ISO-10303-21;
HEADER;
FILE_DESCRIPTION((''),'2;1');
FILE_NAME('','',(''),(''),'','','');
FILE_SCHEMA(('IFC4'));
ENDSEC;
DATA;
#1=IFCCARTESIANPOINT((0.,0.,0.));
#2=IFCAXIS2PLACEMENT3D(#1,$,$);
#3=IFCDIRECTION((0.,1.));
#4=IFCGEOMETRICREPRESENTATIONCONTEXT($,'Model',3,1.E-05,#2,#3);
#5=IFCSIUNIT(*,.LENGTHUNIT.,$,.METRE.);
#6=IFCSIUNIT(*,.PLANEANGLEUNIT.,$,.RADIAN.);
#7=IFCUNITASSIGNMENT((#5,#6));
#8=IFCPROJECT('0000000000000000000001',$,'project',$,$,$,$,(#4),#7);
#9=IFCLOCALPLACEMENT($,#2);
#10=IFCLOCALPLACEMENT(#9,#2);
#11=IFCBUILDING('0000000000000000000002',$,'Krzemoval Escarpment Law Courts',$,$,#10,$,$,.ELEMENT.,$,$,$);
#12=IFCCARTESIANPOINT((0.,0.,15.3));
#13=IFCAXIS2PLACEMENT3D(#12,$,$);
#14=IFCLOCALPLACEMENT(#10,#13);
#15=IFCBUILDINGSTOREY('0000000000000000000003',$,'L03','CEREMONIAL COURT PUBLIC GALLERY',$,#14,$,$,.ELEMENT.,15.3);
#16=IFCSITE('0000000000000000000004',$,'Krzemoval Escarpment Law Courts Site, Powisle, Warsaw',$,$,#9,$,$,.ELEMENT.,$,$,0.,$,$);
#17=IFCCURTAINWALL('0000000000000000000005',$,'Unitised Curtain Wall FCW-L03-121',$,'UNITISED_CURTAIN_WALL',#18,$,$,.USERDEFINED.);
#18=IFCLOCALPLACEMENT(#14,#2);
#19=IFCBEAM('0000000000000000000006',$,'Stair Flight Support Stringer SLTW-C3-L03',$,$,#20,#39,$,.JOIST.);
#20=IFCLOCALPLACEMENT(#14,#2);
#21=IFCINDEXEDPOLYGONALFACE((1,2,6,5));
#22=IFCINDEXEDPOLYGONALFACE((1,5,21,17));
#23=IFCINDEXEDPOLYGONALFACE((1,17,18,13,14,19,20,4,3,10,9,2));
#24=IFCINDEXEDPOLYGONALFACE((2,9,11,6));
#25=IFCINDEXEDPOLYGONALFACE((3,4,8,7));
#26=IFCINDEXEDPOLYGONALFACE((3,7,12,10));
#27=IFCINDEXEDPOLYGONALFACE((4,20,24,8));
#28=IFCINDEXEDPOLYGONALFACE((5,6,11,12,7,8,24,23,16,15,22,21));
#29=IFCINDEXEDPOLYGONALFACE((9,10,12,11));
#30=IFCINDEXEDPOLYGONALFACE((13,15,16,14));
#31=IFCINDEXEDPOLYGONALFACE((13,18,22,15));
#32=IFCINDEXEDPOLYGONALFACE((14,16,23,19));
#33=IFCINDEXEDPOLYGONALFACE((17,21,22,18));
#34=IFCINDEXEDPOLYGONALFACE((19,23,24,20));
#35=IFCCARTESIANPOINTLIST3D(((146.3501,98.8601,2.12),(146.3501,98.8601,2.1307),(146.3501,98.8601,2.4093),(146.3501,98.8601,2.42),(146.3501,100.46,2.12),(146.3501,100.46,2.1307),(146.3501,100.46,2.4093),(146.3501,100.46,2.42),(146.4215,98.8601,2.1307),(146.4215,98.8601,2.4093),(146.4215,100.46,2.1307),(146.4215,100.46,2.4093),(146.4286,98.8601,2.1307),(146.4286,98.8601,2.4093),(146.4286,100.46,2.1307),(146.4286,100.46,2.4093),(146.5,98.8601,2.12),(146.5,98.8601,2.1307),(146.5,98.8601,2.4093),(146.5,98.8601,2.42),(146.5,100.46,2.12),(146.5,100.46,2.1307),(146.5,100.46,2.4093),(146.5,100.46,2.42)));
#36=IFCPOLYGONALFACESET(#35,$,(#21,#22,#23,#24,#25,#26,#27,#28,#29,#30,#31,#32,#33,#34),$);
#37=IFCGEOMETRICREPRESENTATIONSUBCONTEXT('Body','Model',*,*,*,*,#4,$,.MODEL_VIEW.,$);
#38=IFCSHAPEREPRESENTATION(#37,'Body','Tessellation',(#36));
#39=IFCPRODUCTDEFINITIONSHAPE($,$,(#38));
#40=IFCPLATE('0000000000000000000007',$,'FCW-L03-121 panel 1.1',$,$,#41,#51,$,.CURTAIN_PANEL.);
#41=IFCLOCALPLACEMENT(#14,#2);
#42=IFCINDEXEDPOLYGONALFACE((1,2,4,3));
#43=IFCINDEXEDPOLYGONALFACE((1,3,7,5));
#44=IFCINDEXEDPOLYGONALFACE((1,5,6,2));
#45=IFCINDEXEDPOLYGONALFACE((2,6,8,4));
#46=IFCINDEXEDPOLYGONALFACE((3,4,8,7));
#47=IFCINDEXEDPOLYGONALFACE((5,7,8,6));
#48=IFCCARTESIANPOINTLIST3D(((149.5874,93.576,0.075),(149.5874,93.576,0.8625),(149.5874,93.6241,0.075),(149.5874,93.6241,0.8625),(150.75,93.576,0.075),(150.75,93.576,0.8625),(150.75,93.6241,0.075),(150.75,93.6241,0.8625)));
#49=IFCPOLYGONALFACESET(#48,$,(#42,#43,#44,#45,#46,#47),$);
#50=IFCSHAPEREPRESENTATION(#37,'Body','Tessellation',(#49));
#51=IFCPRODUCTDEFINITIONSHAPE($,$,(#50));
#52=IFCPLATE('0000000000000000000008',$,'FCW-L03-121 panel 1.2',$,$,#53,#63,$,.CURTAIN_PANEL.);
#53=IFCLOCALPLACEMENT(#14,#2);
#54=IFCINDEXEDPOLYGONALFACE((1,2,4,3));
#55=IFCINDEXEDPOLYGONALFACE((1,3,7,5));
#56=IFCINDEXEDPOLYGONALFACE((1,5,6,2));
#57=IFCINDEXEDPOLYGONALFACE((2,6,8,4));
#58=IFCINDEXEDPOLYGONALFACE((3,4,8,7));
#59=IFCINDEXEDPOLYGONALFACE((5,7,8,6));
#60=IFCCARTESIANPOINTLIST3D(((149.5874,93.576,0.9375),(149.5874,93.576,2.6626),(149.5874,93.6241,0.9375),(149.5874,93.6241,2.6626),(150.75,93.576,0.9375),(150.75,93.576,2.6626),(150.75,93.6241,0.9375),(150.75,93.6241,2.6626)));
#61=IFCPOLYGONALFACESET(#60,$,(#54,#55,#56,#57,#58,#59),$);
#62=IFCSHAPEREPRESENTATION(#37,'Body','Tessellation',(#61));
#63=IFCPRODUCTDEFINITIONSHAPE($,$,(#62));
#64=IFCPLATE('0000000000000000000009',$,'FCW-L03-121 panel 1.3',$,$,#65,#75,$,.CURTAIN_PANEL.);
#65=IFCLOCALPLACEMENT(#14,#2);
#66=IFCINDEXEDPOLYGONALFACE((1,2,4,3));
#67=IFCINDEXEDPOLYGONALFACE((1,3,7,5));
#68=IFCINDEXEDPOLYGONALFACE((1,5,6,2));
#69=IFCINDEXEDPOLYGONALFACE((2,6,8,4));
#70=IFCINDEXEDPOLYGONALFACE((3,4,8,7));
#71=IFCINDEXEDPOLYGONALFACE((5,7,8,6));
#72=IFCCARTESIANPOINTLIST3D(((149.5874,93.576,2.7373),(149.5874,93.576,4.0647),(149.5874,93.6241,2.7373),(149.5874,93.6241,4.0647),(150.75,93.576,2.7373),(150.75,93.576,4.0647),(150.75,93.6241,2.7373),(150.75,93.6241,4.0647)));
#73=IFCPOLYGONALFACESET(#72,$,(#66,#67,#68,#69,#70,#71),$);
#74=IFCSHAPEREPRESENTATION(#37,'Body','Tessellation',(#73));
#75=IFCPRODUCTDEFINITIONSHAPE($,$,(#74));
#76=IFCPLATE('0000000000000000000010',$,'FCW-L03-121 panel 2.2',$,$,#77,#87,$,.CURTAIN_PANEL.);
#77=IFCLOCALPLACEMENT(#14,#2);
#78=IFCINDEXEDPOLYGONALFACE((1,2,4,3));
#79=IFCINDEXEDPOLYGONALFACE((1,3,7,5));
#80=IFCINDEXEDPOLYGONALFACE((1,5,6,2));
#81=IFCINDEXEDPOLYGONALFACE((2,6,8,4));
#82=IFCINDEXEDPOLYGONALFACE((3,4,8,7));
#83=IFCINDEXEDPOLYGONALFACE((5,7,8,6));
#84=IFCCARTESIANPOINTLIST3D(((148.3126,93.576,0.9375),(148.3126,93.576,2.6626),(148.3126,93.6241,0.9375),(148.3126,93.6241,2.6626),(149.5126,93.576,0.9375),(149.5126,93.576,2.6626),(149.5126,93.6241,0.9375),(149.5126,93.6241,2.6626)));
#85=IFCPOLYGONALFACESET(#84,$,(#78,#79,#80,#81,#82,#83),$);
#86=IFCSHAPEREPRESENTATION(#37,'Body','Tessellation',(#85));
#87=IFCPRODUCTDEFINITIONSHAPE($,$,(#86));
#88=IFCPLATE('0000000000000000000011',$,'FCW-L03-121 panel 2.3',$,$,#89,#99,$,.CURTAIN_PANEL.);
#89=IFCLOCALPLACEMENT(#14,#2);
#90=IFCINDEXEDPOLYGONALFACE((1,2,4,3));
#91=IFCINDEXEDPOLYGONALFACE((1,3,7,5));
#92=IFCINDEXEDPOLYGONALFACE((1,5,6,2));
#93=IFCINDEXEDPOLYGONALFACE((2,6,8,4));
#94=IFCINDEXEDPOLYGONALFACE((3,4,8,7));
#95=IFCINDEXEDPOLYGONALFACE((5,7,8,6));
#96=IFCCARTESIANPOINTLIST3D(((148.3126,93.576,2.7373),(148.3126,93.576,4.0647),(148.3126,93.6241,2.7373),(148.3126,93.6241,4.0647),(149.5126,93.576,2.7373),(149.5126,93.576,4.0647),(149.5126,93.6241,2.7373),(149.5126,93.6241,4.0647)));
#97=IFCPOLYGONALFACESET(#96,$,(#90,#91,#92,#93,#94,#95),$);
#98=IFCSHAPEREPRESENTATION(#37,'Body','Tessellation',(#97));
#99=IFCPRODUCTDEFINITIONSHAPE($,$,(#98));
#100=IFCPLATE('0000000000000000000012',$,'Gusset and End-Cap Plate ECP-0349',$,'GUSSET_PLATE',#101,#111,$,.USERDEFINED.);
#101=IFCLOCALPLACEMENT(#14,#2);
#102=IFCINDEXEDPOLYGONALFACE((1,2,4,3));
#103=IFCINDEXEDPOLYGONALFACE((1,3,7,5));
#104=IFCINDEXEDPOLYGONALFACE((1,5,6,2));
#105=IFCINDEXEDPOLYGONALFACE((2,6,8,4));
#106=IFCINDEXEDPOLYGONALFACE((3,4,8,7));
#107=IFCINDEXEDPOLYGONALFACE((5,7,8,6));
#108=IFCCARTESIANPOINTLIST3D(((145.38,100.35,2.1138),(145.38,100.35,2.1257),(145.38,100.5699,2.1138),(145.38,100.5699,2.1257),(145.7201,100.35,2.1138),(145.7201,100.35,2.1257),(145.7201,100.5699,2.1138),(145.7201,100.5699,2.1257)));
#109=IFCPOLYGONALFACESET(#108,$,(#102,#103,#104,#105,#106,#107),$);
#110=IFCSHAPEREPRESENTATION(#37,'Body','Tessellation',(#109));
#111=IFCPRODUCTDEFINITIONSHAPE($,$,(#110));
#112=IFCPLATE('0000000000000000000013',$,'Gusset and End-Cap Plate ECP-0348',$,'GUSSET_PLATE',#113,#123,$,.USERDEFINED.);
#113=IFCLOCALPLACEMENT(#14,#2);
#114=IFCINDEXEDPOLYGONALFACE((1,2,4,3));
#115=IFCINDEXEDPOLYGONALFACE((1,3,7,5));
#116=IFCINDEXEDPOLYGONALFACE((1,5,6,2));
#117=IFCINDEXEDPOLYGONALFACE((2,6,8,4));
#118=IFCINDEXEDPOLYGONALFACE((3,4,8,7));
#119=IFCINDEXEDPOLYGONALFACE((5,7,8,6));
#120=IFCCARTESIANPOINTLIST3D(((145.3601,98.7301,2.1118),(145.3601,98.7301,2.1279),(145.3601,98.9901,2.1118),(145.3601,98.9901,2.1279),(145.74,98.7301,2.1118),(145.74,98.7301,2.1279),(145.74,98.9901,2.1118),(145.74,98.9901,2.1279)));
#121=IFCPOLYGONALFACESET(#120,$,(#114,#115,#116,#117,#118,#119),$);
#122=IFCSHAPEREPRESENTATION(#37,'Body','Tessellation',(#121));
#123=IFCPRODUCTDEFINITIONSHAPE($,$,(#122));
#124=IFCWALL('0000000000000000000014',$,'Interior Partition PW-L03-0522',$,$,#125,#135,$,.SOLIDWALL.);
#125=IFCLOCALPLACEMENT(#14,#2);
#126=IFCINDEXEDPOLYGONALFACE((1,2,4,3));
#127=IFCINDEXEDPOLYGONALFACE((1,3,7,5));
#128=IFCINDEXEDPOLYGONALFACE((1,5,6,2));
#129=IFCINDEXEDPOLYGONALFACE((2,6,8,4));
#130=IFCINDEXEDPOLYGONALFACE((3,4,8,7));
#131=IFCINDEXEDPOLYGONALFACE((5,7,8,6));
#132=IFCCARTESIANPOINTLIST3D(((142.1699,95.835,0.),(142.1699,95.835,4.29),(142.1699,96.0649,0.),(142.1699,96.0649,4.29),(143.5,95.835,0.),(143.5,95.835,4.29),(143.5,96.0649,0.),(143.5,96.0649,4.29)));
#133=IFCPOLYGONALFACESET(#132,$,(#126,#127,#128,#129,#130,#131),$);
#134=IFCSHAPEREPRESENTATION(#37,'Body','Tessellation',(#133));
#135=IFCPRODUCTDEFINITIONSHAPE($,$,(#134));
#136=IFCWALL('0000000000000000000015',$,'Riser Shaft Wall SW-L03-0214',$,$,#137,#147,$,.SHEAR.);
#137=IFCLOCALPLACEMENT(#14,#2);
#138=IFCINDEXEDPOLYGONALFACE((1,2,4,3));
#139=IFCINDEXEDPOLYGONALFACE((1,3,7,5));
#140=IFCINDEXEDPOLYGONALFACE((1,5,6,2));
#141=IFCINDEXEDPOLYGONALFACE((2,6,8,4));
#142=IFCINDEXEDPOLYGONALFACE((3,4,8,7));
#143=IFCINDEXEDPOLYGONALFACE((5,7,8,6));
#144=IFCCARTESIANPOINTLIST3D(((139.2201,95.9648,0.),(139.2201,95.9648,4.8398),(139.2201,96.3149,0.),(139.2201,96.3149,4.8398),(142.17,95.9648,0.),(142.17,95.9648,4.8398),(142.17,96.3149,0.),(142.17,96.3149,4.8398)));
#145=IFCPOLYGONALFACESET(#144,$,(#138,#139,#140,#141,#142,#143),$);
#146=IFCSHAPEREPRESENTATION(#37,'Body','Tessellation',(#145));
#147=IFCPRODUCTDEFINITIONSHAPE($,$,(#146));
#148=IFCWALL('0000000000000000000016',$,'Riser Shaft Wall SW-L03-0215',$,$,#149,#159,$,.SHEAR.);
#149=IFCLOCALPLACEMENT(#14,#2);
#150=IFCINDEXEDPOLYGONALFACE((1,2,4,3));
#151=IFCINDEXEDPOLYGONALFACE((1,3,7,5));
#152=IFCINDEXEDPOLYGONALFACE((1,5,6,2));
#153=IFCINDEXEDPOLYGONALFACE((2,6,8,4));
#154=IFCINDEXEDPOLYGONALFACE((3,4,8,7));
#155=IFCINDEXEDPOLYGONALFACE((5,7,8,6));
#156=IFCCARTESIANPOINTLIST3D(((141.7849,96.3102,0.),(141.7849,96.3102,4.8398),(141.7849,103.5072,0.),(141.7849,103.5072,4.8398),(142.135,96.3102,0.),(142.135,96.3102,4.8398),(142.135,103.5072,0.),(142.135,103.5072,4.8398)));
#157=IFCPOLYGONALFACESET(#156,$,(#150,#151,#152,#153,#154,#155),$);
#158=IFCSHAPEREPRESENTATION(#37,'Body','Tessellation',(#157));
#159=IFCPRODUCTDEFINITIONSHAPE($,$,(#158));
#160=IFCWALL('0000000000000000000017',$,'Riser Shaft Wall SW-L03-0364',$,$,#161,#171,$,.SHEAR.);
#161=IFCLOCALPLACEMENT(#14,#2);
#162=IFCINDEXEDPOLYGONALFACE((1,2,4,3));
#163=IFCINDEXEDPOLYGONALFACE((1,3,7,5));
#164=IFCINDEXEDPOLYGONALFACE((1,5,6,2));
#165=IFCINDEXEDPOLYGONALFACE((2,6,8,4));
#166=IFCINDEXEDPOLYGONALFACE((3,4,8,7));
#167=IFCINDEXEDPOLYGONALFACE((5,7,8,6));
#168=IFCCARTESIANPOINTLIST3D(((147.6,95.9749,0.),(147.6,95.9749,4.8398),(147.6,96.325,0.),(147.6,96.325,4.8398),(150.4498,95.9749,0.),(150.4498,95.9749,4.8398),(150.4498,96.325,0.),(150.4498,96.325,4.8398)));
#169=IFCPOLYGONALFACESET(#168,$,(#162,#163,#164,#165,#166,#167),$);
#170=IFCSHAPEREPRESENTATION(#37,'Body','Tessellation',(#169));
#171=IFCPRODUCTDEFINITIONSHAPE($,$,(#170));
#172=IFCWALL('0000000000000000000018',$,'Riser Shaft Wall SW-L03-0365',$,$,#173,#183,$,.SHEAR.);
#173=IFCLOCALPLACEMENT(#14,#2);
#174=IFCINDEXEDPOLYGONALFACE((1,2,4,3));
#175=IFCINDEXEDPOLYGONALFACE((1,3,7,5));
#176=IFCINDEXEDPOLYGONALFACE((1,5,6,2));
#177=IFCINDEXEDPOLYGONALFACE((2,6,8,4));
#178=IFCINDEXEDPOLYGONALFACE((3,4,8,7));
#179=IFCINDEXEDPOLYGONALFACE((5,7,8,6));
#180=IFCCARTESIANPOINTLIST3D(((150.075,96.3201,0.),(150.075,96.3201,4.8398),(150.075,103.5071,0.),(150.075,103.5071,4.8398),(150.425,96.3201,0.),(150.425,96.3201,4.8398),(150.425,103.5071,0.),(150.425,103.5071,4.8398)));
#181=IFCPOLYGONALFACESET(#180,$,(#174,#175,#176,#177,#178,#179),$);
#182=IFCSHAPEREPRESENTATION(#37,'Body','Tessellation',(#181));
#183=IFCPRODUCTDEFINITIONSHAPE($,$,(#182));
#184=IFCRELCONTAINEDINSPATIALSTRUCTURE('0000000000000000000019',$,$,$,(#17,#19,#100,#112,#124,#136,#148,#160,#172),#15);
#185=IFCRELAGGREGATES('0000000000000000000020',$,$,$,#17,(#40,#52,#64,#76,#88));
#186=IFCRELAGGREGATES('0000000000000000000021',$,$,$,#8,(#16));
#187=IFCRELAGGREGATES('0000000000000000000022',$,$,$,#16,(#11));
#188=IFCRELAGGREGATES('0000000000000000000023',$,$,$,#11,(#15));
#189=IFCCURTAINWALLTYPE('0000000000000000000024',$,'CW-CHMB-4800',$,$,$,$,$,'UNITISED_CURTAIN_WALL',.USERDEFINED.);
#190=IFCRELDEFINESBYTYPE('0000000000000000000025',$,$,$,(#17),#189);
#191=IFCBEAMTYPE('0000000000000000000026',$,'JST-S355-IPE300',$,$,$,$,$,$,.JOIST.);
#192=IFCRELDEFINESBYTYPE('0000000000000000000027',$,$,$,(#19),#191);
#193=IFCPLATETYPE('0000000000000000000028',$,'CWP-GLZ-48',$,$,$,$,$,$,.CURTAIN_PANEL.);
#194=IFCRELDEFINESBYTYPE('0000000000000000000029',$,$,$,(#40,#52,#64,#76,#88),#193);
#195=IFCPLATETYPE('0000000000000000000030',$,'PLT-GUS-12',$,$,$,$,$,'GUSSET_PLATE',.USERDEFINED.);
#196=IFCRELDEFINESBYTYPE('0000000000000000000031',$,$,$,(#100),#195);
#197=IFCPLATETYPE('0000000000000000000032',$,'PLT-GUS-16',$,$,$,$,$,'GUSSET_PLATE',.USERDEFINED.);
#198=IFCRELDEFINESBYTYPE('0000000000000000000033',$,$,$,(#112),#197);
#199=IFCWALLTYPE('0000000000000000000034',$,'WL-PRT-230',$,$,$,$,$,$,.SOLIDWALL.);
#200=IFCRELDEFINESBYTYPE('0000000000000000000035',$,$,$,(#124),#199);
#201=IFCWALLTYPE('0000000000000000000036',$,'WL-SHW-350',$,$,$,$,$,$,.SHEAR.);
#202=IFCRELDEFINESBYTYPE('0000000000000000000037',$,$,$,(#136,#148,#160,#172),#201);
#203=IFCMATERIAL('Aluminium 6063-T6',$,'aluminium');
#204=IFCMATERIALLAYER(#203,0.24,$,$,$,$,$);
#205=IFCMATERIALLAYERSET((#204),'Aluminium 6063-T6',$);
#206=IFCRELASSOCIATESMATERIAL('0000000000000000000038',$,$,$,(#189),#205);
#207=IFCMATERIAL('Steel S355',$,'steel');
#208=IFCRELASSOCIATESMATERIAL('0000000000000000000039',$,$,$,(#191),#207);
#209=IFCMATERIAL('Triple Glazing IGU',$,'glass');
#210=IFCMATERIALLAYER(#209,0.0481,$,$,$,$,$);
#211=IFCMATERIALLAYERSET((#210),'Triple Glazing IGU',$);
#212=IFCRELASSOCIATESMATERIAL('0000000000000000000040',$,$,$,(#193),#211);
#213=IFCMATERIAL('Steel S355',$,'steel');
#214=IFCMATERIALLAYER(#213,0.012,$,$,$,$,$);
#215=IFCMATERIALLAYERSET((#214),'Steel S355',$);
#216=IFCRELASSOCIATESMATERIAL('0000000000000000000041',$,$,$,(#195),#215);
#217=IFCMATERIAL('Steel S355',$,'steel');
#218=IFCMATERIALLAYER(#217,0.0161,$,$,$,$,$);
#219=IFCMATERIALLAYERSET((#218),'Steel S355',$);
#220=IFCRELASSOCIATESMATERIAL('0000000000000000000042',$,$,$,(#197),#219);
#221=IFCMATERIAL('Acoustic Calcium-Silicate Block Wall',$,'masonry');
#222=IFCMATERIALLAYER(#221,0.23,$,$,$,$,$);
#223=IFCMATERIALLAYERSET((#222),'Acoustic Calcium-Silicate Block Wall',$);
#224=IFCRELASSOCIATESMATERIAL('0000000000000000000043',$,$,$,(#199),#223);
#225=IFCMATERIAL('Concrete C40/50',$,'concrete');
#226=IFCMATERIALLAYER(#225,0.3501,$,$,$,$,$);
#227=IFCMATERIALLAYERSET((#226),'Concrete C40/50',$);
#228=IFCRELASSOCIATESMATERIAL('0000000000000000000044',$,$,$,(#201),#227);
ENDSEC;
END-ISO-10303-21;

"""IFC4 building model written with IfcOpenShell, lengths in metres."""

from ifc_helpers import new_model, si_unit, direction, frame, frame_2d, origin, origin_2d, place, context, subcontext, project, spatial, rectangle, i_section, extrude, material, layer, layer_set, material_profile, profile_set, type_object, element, aggregate, save


model = new_model("IFC4")

# Units and contexts
model_context = context("Model", 3, precision=1e-05, world=origin(), true_north=direction((0.0, 1.0)))
body_context = subcontext(model_context, "Body", "Model", "MODEL_VIEW")
ifc_project = project(units=[si_unit("LENGTHUNIT", "METRE"), si_unit("PLANEANGLEUNIT", "RADIAN")], contexts=[model_context])

# Site, building, storey
site_placement = place(None, origin())
site = spatial("IfcSite", under=ifc_project, at=site_placement, Name="Krzemoval Escarpment Law Courts Site, Powisle, Warsaw", CompositionType="ELEMENT", RefElevation=0.0)
building_placement = place(site_placement, origin())
building = spatial("IfcBuilding", under=site, at=building_placement, Name="Krzemoval Escarpment Law Courts", CompositionType="ELEMENT")
storey_placement = place(building_placement, frame((0.0, 0.0, 15.3)))
storey = spatial("IfcBuildingStorey", under=building, at=storey_placement, Name="L03", Description="CEREMONIAL COURT PUBLIC GALLERY", CompositionType="ELEMENT", Elevation=15.3)

# Curtain wall
ifc_material_1 = material(Name="Aluminium 6063-T6", Category="aluminium")
ifc_layer_1 = layer(ifc_material_1, 0.24)
ifc_layer_set_1 = layer_set([ifc_layer_1], Name="Aluminium 6063-T6")
curtain_wall_type = type_object("IfcCurtainWallType", Name="CW-CHMB-4800", ElementType="UNITISED_CURTAIN_WALL", PredefinedType="USERDEFINED", material=ifc_layer_set_1)
curtain_wall_placement = place(storey_placement, origin())
curtain_wall = element("IfcCurtainWall", 1, at=curtain_wall_placement, inside=storey, type_object=curtain_wall_type, Name="Unitised Curtain Wall FCW-L03-121", ObjectType="UNITISED_CURTAIN_WALL", PredefinedType="USERDEFINED")

# Beam
ifc_material_2 = material(Name="Steel S355", Category="steel")
ifc_material_profile_1 = material_profile(ifc_material_2, i_section(OverallWidth=0.1499, OverallDepth=0.3, WebThickness=0.0071, FlangeThickness=0.0107, at=origin_2d()), Name="IPE 300")
ifc_profile_set_1 = profile_set([ifc_material_profile_1], Name="Steel S355")
beam_type_1 = type_object("IfcBeamType", Name="JST-S355-IPE300", PredefinedType="JOIST", material=ifc_profile_set_1)
beam_1_placement = place(storey_placement, frame((146.425, 98.8601, 2.27), z_axis=(0.0, 1.0, 0.0), x_axis=(-1.0, 0.0, 0.0)))
element("IfcBeam", 2, at=beam_1_placement, inside=storey, type_object=beam_type_1, Name="Stair Flight Support Stringer SLTW-C3-L03", PredefinedType="JOIST", context=body_context, shape_type="SweptSolid", body=[
    extrude(i_section(OverallWidth=0.1499, OverallDepth=0.3, WebThickness=0.0071, FlangeThickness=0.0107, at=origin_2d()), origin(), (0.0, 0.0, 1.0), 1.5999),
])

# Plates
ifc_material_3 = material(Name="Triple Glazing IGU", Category="glass")
ifc_layer_2 = layer(ifc_material_3, 0.0481)
ifc_layer_set_2 = layer_set([ifc_layer_2], Name="Triple Glazing IGU")
plate_type_1 = type_object("IfcPlateType", Name="CWP-GLZ-48", PredefinedType="CURTAIN_PANEL", material=ifc_layer_set_2)
plate_1_placement = place(storey_placement, frame((150.1687, 93.6001, 0.075), z_axis=(0.0, 0.0, 1.0), x_axis=(-1.0, 0.0, 0.0)))
plate_1 = element("IfcPlate", 3, at=plate_1_placement, type_object=plate_type_1, Name="FCW-L03-121 panel 1.1", PredefinedType="CURTAIN_PANEL", context=body_context, shape_type="SweptSolid", body=[
    extrude(rectangle(XDim=1.1626, YDim=0.0481, at=origin_2d()), origin(), (0.0, 0.0, 1.0), 0.7876),
])
plate_2_placement = place(storey_placement, frame((150.1687, 93.6001, 0.9375), z_axis=(0.0, 0.0, 1.0), x_axis=(-1.0, 0.0, 0.0)))
plate_2 = element("IfcPlate", 4, at=plate_2_placement, type_object=plate_type_1, Name="FCW-L03-121 panel 1.2", PredefinedType="CURTAIN_PANEL", context=body_context, shape_type="SweptSolid", body=[
    extrude(rectangle(XDim=1.1626, YDim=0.0481, at=origin_2d()), origin(), (0.0, 0.0, 1.0), 1.7251),
])
plate_3_placement = place(storey_placement, frame((150.1687, 93.6001, 2.7373), z_axis=(0.0, 0.0, 1.0), x_axis=(-1.0, 0.0, 0.0)))
plate_3 = element("IfcPlate", 5, at=plate_3_placement, type_object=plate_type_1, Name="FCW-L03-121 panel 1.3", PredefinedType="CURTAIN_PANEL", context=body_context, shape_type="SweptSolid", body=[
    extrude(rectangle(XDim=1.1626, YDim=0.0481, at=origin_2d()), origin(), (0.0, 0.0, 1.0), 1.3274),
])
plate_4_placement = place(storey_placement, frame((148.9126, 93.6001, 0.9375), z_axis=(0.0, 0.0, 1.0), x_axis=(-1.0, 0.0, 0.0)))
plate_4 = element("IfcPlate", 6, at=plate_4_placement, type_object=plate_type_1, Name="FCW-L03-121 panel 2.2", PredefinedType="CURTAIN_PANEL", context=body_context, shape_type="SweptSolid", body=[
    extrude(rectangle(XDim=1.2, YDim=0.0481, at=origin_2d()), origin(), (0.0, 0.0, 1.0), 1.7251),
])
plate_5_placement = place(storey_placement, frame((148.9126, 93.6001, 2.7373), z_axis=(0.0, 0.0, 1.0), x_axis=(-1.0, 0.0, 0.0)))
plate_5 = element("IfcPlate", 7, at=plate_5_placement, type_object=plate_type_1, Name="FCW-L03-121 panel 2.3", PredefinedType="CURTAIN_PANEL", context=body_context, shape_type="SweptSolid", body=[
    extrude(rectangle(XDim=1.2, YDim=0.0481, at=origin_2d()), origin(), (0.0, 0.0, 1.0), 1.3274),
])
aggregate(curtain_wall, [plate_1, plate_2, plate_3, plate_4, plate_5])

# Plates
ifc_material_4 = material(Name="Steel S355", Category="steel")
ifc_layer_3 = layer(ifc_material_4, 0.012)
ifc_layer_set_3 = layer_set([ifc_layer_3], Name="Steel S355")
plate_type_2 = type_object("IfcPlateType", Name="PLT-GUS-12", ElementType="GUSSET_PLATE", PredefinedType="USERDEFINED", material=ifc_layer_set_3)
plate_6_placement = place(storey_placement, frame((145.55, 100.46, 2.1138), z_axis=(0.0, 0.0, 1.0), x_axis=(1.0, 0.0, 0.0)))
element("IfcPlate", 8, at=plate_6_placement, inside=storey, type_object=plate_type_2, Name="Gusset and End-Cap Plate ECP-0349", ObjectType="GUSSET_PLATE", PredefinedType="USERDEFINED", context=body_context, shape_type="SweptSolid", body=[
    extrude(rectangle(XDim=0.3401, YDim=0.22, at=origin_2d()), origin(), (0.0, 0.0, 1.0), 0.012),
])
ifc_material_5 = material(Name="Steel S355", Category="steel")
ifc_layer_4 = layer(ifc_material_5, 0.0161)
ifc_layer_set_4 = layer_set([ifc_layer_4], Name="Steel S355")
plate_type_3 = type_object("IfcPlateType", Name="PLT-GUS-16", ElementType="GUSSET_PLATE", PredefinedType="USERDEFINED", material=ifc_layer_set_4)
plate_7_placement = place(storey_placement, frame((145.55, 98.8601, 2.1118), z_axis=(0.0, 0.0, 1.0), x_axis=(1.0, 0.0, 0.0)))
element("IfcPlate", 9, at=plate_7_placement, inside=storey, type_object=plate_type_3, Name="Gusset and End-Cap Plate ECP-0348", ObjectType="GUSSET_PLATE", PredefinedType="USERDEFINED", context=body_context, shape_type="SweptSolid", body=[
    extrude(rectangle(XDim=0.3799, YDim=0.26, at=origin_2d()), origin(), (0.0, 0.0, 1.0), 0.0161),
])

# Walls
ifc_material_6 = material(Name="Acoustic Calcium-Silicate Block Wall", Category="masonry")
ifc_layer_5 = layer(ifc_material_6, 0.23)
ifc_layer_set_5 = layer_set([ifc_layer_5], Name="Acoustic Calcium-Silicate Block Wall")
wall_type_1 = type_object("IfcWallType", Name="WL-PRT-230", PredefinedType="SOLIDWALL", material=ifc_layer_set_5)
wall_1_placement = place(storey_placement, frame((142.1699, 95.95, 0.0), z_axis=(0.0, 0.0, 1.0), x_axis=(1.0, 0.0, 0.0)))
element("IfcWall", 10, at=wall_1_placement, inside=storey, type_object=wall_type_1, Name="Interior Partition PW-L03-0522", PredefinedType="SOLIDWALL", context=body_context, shape_type="SweptSolid", body=[
    extrude(rectangle(XDim=1.3301, YDim=0.23, at=frame_2d((0.665, 0.0))), origin(), (0.0, 0.0, 1.0), 4.29),
])
ifc_material_7 = material(Name="Concrete C40/50", Category="concrete")
ifc_layer_6 = layer(ifc_material_7, 0.3501)
ifc_layer_set_6 = layer_set([ifc_layer_6], Name="Concrete C40/50")
wall_type_2 = type_object("IfcWallType", Name="WL-SHW-350", PredefinedType="SHEAR", material=ifc_layer_set_6)
wall_2_placement = place(storey_placement, frame((139.22, 96.1399, 0.0), z_axis=(0.0, 0.0, 1.0), x_axis=(1.0, 0.0, 0.0)))
element("IfcWall", 11, at=wall_2_placement, inside=storey, type_object=wall_type_2, Name="Riser Shaft Wall SW-L03-0214", PredefinedType="SHEAR", context=body_context, shape_type="SweptSolid", body=[
    extrude(rectangle(XDim=2.95, YDim=0.3501, at=frame_2d((1.4751, 0.0))), origin(), (0.0, 0.0, 1.0), 4.8398),
])
wall_3_placement = place(storey_placement, frame((141.96, 96.3101, 0.0), z_axis=(0.0, 0.0, 1.0), x_axis=(0.0, 1.0, 0.0)))
element("IfcWall", 12, at=wall_3_placement, inside=storey, type_object=wall_type_2, Name="Riser Shaft Wall SW-L03-0215", PredefinedType="SHEAR", context=body_context, shape_type="SweptSolid", body=[
    extrude(rectangle(XDim=7.197, YDim=0.3501, at=frame_2d((3.5986, 0.0))), origin(), (0.0, 0.0, 1.0), 4.8398),
])
wall_4_placement = place(storey_placement, frame((147.6001, 96.1499, 0.0), z_axis=(0.0, 0.0, 1.0), x_axis=(1.0, 0.0, 0.0)))
element("IfcWall", 13, at=wall_4_placement, inside=storey, type_object=wall_type_2, Name="Riser Shaft Wall SW-L03-0364", PredefinedType="SHEAR", context=body_context, shape_type="SweptSolid", body=[
    extrude(rectangle(XDim=2.8499, YDim=0.3501, at=frame_2d((1.4248, 0.0))), origin(), (0.0, 0.0, 1.0), 4.8398),
])
wall_5_placement = place(storey_placement, frame((150.25, 96.3201, 0.0), z_axis=(0.0, 0.0, 1.0), x_axis=(0.0, 1.0, 0.0)))
element("IfcWall", 14, at=wall_5_placement, inside=storey, type_object=wall_type_2, Name="Riser Shaft Wall SW-L03-0365", PredefinedType="SHEAR", context=body_context, shape_type="SweptSolid", body=[
    extrude(rectangle(XDim=7.187, YDim=0.3501, at=frame_2d((3.5935, 0.0))), origin(), (0.0, 0.0, 1.0), 4.8398),
])

save(model, "model.ifc")
